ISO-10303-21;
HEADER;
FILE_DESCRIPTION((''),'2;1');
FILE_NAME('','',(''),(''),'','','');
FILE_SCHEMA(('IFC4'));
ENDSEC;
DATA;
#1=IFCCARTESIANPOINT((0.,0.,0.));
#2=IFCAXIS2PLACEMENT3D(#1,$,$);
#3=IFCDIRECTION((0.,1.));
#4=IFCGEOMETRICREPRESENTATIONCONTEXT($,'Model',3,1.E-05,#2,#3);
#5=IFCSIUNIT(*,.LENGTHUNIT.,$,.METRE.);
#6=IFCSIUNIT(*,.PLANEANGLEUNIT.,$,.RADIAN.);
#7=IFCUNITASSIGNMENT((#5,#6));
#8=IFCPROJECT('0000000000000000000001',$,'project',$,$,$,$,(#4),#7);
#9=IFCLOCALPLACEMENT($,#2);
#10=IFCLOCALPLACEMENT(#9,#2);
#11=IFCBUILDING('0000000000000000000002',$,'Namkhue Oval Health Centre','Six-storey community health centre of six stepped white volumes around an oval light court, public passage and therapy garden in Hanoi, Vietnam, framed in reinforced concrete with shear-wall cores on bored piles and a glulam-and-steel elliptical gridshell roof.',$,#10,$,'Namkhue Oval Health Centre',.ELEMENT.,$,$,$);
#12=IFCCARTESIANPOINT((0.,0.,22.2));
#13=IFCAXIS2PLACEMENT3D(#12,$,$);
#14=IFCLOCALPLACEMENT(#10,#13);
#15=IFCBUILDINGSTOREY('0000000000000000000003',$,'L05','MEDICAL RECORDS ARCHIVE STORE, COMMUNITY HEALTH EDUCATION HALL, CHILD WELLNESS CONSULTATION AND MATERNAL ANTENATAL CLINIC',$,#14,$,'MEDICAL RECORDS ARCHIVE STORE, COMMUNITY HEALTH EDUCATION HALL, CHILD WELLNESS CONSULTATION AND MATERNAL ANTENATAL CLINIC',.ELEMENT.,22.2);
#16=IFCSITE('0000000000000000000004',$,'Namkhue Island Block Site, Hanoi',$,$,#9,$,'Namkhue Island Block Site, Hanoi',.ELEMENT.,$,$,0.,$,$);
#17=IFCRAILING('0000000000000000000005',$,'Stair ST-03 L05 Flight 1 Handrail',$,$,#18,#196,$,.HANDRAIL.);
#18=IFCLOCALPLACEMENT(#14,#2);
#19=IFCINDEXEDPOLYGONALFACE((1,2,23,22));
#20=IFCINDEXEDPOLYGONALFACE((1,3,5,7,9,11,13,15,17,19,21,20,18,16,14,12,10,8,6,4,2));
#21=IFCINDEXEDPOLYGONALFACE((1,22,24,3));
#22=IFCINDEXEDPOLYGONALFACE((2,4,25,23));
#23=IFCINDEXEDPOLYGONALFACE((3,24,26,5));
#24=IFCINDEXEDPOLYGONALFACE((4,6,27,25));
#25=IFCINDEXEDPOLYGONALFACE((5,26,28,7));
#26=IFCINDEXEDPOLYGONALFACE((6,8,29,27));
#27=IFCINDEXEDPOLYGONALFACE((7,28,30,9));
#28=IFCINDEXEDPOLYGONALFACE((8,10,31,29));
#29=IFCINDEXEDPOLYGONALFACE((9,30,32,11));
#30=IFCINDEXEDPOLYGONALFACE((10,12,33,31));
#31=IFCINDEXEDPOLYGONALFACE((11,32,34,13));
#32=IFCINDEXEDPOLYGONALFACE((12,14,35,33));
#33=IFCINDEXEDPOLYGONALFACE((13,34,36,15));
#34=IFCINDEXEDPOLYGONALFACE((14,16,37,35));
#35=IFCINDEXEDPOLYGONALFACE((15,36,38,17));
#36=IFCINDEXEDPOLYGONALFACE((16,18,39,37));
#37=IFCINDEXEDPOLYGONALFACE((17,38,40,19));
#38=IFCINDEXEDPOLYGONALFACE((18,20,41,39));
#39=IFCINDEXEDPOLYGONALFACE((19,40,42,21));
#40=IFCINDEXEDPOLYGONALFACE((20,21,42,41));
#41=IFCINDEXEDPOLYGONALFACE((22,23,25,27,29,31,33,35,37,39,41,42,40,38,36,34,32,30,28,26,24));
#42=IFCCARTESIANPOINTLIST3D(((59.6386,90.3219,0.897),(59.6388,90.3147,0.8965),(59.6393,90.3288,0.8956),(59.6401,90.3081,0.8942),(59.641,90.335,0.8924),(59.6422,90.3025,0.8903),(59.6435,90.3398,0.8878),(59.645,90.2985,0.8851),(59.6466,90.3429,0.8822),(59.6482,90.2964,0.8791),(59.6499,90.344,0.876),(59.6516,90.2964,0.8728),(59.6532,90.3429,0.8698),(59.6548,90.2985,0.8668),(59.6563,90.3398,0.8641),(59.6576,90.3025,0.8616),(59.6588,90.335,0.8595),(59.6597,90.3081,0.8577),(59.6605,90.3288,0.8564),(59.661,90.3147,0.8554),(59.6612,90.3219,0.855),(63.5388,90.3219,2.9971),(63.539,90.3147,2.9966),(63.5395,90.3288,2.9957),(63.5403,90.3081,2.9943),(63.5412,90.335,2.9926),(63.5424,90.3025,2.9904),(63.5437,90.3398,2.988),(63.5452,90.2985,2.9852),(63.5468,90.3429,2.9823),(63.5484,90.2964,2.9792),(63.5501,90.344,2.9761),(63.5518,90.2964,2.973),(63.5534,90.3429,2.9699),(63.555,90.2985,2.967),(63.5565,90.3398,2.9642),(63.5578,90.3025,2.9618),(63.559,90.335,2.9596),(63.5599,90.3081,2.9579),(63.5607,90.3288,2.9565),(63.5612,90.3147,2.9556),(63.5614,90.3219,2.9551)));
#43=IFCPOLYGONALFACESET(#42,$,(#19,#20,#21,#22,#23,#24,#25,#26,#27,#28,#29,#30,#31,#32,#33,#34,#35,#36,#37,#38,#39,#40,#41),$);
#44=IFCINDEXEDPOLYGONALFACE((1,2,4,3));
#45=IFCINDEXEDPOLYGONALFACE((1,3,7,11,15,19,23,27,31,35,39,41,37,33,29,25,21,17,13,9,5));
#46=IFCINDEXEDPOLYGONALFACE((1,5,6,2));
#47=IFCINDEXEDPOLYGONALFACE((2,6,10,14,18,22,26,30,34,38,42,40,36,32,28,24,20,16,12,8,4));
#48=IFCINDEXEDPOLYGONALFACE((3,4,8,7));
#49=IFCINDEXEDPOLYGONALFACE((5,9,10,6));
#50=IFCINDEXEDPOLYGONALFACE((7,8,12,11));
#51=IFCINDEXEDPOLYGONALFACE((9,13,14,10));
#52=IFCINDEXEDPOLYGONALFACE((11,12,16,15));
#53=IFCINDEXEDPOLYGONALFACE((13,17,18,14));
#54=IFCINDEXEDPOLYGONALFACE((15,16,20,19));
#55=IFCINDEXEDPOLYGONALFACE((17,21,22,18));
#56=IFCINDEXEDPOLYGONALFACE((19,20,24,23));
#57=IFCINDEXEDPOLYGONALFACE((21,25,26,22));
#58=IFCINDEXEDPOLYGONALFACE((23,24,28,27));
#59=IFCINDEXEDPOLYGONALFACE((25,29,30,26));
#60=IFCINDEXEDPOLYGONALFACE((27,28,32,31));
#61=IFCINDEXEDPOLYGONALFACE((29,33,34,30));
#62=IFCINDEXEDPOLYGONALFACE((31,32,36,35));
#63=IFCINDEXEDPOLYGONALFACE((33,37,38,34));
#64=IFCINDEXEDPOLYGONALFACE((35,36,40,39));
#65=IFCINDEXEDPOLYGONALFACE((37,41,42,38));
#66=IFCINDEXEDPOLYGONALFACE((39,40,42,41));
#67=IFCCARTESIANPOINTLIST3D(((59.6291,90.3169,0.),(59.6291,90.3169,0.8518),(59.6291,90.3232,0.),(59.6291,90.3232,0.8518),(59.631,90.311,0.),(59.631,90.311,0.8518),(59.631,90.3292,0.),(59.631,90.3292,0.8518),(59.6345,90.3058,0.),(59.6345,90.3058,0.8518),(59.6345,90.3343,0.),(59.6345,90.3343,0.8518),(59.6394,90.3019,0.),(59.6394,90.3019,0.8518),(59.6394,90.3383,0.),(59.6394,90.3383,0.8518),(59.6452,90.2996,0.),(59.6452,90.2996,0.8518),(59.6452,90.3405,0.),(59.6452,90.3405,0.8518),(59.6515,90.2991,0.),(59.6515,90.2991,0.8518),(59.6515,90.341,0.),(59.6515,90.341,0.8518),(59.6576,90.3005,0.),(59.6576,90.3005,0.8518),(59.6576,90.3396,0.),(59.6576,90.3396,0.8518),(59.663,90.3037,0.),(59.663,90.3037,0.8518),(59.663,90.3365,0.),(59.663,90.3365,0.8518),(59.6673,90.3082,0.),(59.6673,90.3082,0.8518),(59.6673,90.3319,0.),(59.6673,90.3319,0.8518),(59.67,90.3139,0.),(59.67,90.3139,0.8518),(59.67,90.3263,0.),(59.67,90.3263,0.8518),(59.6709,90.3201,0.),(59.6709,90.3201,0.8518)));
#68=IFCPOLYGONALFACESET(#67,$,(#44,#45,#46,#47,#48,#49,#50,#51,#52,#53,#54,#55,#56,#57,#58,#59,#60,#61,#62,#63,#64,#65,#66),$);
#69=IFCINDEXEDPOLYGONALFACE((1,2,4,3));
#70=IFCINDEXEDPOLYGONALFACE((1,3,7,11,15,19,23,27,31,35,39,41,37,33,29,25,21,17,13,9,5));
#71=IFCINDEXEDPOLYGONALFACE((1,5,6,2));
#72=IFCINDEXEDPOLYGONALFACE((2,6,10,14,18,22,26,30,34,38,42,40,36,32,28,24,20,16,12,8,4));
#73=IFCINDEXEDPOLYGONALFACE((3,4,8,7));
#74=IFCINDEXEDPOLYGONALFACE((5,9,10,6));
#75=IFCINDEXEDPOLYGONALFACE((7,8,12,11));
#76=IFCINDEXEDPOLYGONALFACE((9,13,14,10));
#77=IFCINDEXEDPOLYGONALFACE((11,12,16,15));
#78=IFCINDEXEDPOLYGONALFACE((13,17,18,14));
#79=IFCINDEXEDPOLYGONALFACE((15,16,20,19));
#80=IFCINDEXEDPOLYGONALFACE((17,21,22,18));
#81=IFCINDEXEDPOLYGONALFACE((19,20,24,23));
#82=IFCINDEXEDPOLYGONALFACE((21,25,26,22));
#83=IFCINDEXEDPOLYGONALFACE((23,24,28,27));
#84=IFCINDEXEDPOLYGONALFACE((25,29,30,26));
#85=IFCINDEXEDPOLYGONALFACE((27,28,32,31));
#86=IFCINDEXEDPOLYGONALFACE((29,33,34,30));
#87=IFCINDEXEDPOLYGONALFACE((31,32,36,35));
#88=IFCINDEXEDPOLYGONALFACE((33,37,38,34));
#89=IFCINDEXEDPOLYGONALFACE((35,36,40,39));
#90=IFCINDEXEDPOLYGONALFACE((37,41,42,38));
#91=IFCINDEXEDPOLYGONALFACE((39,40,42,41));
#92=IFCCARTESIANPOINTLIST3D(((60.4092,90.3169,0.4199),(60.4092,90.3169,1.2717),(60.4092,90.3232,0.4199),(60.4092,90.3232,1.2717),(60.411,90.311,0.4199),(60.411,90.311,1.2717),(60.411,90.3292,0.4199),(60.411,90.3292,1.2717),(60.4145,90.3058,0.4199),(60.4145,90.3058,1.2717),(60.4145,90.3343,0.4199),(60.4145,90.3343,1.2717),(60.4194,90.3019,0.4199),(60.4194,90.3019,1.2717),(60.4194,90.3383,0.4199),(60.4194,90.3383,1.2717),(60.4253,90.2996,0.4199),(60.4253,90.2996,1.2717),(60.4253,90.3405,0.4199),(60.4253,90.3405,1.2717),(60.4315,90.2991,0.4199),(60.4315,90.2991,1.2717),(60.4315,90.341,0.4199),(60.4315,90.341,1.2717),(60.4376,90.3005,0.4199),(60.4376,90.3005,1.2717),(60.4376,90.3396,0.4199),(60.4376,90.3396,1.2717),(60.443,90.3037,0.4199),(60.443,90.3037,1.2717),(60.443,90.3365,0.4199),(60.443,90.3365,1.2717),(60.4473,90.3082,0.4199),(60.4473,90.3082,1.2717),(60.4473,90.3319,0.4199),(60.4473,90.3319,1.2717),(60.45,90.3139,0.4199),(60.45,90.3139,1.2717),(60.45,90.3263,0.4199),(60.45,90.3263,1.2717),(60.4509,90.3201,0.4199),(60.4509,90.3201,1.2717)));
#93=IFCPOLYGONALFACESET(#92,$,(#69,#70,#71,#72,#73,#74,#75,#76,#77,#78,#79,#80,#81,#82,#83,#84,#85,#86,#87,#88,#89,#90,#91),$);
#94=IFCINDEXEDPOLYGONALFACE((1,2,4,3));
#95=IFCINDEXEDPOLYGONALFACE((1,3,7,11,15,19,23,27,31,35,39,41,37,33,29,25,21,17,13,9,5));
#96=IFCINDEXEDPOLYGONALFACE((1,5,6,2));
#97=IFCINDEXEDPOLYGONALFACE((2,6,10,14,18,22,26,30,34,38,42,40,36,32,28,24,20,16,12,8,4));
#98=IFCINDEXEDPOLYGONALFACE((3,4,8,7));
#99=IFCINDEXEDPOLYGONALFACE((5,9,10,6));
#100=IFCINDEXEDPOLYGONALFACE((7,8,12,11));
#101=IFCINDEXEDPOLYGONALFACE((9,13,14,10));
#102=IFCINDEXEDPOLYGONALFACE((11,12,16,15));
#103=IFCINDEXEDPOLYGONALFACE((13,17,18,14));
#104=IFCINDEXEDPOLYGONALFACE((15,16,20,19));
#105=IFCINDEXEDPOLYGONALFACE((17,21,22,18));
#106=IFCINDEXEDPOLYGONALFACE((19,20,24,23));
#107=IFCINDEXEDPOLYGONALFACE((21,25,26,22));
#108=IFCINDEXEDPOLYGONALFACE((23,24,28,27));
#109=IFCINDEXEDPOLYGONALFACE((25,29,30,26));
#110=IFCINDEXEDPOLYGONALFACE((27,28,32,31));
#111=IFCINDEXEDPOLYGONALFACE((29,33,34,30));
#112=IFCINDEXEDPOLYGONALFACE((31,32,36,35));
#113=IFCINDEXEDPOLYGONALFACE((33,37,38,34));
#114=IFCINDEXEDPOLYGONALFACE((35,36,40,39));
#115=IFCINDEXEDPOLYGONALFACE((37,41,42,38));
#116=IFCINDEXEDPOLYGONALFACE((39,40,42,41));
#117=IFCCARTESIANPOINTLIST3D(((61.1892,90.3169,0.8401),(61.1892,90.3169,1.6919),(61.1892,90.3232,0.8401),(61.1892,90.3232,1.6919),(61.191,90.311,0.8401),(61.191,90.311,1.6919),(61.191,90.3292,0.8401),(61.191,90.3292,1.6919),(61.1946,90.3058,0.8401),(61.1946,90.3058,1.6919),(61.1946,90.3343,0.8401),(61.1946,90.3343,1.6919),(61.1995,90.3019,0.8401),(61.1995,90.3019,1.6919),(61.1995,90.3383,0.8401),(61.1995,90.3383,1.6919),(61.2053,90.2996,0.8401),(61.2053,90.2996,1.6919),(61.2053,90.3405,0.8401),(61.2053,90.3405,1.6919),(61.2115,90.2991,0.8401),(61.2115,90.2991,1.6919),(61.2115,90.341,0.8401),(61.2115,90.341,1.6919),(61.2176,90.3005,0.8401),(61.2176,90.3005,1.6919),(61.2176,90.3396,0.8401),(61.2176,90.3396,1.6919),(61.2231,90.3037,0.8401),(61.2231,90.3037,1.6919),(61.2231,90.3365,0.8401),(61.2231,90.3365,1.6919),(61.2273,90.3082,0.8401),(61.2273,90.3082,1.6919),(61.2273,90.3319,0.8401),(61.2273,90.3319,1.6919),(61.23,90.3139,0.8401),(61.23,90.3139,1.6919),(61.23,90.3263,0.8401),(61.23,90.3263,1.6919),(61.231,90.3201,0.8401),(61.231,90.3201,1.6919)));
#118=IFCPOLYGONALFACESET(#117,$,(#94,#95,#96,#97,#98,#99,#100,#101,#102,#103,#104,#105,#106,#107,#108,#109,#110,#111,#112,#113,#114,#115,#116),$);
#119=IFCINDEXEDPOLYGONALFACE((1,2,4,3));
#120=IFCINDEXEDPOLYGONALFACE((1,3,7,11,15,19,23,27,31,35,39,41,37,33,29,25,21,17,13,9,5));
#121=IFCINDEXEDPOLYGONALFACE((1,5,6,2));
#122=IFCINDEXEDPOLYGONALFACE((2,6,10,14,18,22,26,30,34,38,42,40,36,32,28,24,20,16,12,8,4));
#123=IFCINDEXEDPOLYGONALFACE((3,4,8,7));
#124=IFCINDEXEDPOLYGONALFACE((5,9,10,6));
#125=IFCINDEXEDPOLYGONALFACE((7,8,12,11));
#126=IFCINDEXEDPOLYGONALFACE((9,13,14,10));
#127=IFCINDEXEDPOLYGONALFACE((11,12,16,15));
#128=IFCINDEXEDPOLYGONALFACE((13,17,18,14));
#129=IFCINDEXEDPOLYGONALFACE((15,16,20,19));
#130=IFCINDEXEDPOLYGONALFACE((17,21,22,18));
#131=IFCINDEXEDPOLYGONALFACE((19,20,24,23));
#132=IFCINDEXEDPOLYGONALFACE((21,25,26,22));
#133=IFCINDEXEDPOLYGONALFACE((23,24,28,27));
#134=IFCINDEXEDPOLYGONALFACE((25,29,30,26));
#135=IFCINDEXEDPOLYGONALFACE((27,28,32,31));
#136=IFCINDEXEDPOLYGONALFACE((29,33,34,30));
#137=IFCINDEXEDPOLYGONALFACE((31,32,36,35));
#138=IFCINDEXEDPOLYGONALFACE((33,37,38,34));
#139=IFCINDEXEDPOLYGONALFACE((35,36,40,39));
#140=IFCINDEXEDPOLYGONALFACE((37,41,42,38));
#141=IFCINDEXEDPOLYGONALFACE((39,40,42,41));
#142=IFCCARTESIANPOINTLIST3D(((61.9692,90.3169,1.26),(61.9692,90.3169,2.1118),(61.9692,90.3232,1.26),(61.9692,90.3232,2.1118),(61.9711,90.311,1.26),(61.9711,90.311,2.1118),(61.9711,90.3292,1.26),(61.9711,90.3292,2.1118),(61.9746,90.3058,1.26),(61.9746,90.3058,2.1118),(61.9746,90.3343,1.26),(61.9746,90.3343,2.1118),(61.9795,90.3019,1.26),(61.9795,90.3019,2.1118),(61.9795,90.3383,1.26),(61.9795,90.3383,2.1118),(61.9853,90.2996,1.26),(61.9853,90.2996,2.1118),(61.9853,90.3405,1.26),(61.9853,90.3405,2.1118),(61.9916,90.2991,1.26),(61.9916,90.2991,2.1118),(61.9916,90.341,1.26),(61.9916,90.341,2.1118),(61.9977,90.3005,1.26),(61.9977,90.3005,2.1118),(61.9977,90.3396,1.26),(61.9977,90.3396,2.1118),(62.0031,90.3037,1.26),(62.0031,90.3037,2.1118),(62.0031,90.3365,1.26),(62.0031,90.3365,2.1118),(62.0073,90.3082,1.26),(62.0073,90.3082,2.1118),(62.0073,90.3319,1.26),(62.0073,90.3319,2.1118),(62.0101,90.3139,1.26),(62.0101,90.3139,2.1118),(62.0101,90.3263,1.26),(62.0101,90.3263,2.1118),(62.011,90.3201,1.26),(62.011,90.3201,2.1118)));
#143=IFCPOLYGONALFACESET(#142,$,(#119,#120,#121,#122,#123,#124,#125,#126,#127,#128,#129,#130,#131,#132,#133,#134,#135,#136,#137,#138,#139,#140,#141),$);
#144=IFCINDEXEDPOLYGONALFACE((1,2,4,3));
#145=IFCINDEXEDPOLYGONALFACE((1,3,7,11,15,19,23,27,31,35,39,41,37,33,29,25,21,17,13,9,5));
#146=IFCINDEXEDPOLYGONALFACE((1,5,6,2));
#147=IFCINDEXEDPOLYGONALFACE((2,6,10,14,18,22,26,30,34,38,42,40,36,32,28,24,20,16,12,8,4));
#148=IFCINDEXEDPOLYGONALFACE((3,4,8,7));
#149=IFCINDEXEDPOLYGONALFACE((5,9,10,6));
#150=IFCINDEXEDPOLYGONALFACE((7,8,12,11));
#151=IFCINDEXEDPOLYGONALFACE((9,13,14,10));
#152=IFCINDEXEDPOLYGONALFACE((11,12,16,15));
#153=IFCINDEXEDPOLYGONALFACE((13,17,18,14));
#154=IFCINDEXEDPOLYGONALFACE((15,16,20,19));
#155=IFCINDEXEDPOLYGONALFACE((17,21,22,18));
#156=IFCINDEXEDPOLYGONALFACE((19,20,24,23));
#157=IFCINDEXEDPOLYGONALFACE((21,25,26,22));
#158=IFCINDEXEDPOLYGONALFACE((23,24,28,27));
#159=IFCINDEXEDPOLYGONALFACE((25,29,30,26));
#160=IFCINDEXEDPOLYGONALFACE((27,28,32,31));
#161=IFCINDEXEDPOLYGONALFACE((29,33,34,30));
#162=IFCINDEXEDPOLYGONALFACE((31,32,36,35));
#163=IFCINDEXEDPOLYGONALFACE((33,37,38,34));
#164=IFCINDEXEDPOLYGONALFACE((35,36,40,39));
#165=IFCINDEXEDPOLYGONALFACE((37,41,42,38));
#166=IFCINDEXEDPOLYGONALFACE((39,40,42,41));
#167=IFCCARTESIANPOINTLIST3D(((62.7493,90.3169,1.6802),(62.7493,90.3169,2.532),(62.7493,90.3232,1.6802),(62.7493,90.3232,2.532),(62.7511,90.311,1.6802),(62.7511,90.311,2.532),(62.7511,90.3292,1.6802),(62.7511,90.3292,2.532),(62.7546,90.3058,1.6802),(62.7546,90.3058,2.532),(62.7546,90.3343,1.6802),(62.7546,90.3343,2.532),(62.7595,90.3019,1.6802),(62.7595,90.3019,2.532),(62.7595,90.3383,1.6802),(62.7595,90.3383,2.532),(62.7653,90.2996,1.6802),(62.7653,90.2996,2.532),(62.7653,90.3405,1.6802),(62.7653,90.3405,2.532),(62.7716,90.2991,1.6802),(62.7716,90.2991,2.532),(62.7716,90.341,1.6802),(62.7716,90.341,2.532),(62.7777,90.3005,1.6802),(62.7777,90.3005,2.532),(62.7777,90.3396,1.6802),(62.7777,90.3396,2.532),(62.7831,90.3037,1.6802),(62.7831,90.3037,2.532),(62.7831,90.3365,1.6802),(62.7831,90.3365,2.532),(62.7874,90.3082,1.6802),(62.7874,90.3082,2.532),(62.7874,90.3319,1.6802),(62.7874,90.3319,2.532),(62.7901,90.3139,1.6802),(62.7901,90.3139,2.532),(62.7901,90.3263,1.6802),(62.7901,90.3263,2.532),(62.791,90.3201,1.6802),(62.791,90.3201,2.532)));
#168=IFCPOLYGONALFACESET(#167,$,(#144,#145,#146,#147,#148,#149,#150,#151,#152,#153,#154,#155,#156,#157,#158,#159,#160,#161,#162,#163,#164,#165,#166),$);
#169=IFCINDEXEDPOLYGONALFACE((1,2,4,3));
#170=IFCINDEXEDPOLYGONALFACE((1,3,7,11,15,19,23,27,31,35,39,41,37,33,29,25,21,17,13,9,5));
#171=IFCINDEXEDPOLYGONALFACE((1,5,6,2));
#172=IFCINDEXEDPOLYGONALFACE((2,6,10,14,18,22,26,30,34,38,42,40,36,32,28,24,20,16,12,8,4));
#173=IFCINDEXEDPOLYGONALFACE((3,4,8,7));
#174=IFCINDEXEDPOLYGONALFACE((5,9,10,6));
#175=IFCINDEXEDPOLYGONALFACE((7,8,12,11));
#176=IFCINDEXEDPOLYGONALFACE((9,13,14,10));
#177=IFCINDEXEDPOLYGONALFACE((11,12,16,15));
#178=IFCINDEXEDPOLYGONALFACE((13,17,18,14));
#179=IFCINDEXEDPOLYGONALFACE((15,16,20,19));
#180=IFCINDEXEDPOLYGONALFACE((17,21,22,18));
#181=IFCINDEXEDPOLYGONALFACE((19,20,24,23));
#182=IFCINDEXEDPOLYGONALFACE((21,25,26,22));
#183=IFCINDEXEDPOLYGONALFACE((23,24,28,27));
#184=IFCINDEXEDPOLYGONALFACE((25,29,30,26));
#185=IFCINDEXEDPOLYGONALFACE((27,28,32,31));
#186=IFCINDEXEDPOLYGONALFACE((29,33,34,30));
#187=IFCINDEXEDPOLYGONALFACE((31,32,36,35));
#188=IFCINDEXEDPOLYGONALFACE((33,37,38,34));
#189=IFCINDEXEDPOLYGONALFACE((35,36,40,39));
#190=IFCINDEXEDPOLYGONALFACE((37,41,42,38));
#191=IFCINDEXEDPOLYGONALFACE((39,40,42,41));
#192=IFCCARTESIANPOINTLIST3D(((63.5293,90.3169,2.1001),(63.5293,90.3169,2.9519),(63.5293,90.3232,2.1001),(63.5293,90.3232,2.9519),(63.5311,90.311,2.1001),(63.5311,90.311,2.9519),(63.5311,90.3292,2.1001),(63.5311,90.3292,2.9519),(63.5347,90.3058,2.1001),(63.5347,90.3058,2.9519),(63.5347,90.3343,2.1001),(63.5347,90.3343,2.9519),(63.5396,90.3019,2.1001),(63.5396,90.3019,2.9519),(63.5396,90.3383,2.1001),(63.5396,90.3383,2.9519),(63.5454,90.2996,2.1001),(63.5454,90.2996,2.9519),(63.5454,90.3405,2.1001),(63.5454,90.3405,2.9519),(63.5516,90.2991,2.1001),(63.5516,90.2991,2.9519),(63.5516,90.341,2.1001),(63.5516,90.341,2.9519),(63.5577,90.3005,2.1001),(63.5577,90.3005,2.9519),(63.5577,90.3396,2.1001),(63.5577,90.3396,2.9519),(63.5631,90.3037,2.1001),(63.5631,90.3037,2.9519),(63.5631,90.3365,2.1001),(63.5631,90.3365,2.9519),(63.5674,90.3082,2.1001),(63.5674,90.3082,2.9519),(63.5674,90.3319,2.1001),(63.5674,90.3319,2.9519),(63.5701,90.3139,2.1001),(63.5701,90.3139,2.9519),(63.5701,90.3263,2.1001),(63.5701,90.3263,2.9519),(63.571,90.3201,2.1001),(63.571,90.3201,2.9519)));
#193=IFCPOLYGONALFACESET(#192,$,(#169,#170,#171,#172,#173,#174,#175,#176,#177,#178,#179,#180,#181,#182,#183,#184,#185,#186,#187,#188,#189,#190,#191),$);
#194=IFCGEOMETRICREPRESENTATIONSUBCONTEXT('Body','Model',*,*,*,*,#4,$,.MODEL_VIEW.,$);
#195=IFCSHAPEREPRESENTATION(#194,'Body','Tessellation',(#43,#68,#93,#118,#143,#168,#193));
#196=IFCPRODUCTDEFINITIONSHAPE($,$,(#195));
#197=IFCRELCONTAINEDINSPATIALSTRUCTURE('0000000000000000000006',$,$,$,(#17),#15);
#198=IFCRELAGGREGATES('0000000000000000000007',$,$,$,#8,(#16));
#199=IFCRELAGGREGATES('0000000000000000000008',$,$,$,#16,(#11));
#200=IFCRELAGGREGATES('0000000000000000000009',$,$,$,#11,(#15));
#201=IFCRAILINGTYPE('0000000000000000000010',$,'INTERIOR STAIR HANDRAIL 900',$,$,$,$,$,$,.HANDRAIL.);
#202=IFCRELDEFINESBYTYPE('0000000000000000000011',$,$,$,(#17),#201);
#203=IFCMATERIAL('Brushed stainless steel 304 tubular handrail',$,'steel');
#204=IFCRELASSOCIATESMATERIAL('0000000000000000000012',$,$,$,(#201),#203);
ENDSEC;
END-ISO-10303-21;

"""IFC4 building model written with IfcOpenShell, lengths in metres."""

from ifc_helpers import new_model, si_unit, direction, frame, origin, origin_2d, place, context, subcontext, project, spatial, circle, extrude, material, type_object, element, save


model = new_model("IFC4")

# Units and contexts
model_context = context("Model", 3, precision=1e-05, world=origin(), true_north=direction((0.0, 1.0)))
body_context = subcontext(model_context, "Body", "Model", "MODEL_VIEW")
ifc_project = project(units=[si_unit("LENGTHUNIT", "METRE"), si_unit("PLANEANGLEUNIT", "RADIAN")], contexts=[model_context])

# Site, building, storey
site_placement = place(None, origin())
site = spatial("IfcSite", under=ifc_project, at=site_placement, Name="Namkhue Island Block Site, Hanoi", LongName="Namkhue Island Block Site, Hanoi", CompositionType="ELEMENT", RefElevation=0.0)
building_placement = place(site_placement, origin())
building = spatial("IfcBuilding", under=site, at=building_placement, Name="Namkhue Oval Health Centre", Description="Six-storey community health centre of six stepped white volumes around an oval light court, public passage and therapy garden in Hanoi, Vietnam, framed in reinforced concrete with shear-wall cores on bored piles and a glulam-and-steel elliptical gridshell roof.", LongName="Namkhue Oval Health Centre", CompositionType="ELEMENT")
storey_placement = place(building_placement, frame((0.0, 0.0, 22.2)))
storey = spatial("IfcBuildingStorey", under=building, at=storey_placement, Name="L05", Description="MEDICAL RECORDS ARCHIVE STORE, COMMUNITY HEALTH EDUCATION HALL, CHILD WELLNESS CONSULTATION AND MATERNAL ANTENATAL CLINIC", LongName="MEDICAL RECORDS ARCHIVE STORE, COMMUNITY HEALTH EDUCATION HALL, CHILD WELLNESS CONSULTATION AND MATERNAL ANTENATAL CLINIC", CompositionType="ELEMENT", Elevation=22.2)

# Railing
ifc_material_1 = material(Name="Brushed stainless steel 304 tubular handrail", Category="steel")
railing_type_1 = type_object("IfcRailingType", Name="INTERIOR STAIR HANDRAIL 900", PredefinedType="HANDRAIL", material=ifc_material_1)
railing_1_placement = place(storey_placement, frame((59.6499, 90.3201, 0.0)))
element("IfcRailing", 1, at=railing_1_placement, inside=storey, type_object=railing_type_1, Name="Stair ST-03 L05 Flight 1 Handrail", PredefinedType="HANDRAIL", context=body_context, shape_type="SweptSolid", body=[
    extrude(circle(Radius=0.0239, at=origin_2d()), frame((0.0, 0.0, 0.876), z_axis=(0.880469, 0.0, 0.474103), x_axis=(0.0, 1.0, 0.0)), (0.0, 0.0, 1.0), 4.4297),
    extrude(circle(Radius=0.021, at=origin_2d()), origin(), (0.0, 0.0, 1.0), 0.8518),
    extrude(circle(Radius=0.021, at=origin_2d()), frame((0.78, 0.0, 0.4199)), (0.0, 0.0, 1.0), 0.8518),
    extrude(circle(Radius=0.021, at=origin_2d()), frame((1.5601, 0.0, 0.8401)), (0.0, 0.0, 1.0), 0.8518),
    extrude(circle(Radius=0.021, at=origin_2d()), frame((2.3401, 0.0, 1.26)), (0.0, 0.0, 1.0), 0.8518),
    extrude(circle(Radius=0.021, at=origin_2d()), frame((3.1201, 0.0, 1.6802)), (0.0, 0.0, 1.0), 0.8518),
    extrude(circle(Radius=0.021, at=origin_2d()), frame((3.9001, 0.0, 2.1001)), (0.0, 0.0, 1.0), 0.8518),
])

save(model, "model.ifc")
